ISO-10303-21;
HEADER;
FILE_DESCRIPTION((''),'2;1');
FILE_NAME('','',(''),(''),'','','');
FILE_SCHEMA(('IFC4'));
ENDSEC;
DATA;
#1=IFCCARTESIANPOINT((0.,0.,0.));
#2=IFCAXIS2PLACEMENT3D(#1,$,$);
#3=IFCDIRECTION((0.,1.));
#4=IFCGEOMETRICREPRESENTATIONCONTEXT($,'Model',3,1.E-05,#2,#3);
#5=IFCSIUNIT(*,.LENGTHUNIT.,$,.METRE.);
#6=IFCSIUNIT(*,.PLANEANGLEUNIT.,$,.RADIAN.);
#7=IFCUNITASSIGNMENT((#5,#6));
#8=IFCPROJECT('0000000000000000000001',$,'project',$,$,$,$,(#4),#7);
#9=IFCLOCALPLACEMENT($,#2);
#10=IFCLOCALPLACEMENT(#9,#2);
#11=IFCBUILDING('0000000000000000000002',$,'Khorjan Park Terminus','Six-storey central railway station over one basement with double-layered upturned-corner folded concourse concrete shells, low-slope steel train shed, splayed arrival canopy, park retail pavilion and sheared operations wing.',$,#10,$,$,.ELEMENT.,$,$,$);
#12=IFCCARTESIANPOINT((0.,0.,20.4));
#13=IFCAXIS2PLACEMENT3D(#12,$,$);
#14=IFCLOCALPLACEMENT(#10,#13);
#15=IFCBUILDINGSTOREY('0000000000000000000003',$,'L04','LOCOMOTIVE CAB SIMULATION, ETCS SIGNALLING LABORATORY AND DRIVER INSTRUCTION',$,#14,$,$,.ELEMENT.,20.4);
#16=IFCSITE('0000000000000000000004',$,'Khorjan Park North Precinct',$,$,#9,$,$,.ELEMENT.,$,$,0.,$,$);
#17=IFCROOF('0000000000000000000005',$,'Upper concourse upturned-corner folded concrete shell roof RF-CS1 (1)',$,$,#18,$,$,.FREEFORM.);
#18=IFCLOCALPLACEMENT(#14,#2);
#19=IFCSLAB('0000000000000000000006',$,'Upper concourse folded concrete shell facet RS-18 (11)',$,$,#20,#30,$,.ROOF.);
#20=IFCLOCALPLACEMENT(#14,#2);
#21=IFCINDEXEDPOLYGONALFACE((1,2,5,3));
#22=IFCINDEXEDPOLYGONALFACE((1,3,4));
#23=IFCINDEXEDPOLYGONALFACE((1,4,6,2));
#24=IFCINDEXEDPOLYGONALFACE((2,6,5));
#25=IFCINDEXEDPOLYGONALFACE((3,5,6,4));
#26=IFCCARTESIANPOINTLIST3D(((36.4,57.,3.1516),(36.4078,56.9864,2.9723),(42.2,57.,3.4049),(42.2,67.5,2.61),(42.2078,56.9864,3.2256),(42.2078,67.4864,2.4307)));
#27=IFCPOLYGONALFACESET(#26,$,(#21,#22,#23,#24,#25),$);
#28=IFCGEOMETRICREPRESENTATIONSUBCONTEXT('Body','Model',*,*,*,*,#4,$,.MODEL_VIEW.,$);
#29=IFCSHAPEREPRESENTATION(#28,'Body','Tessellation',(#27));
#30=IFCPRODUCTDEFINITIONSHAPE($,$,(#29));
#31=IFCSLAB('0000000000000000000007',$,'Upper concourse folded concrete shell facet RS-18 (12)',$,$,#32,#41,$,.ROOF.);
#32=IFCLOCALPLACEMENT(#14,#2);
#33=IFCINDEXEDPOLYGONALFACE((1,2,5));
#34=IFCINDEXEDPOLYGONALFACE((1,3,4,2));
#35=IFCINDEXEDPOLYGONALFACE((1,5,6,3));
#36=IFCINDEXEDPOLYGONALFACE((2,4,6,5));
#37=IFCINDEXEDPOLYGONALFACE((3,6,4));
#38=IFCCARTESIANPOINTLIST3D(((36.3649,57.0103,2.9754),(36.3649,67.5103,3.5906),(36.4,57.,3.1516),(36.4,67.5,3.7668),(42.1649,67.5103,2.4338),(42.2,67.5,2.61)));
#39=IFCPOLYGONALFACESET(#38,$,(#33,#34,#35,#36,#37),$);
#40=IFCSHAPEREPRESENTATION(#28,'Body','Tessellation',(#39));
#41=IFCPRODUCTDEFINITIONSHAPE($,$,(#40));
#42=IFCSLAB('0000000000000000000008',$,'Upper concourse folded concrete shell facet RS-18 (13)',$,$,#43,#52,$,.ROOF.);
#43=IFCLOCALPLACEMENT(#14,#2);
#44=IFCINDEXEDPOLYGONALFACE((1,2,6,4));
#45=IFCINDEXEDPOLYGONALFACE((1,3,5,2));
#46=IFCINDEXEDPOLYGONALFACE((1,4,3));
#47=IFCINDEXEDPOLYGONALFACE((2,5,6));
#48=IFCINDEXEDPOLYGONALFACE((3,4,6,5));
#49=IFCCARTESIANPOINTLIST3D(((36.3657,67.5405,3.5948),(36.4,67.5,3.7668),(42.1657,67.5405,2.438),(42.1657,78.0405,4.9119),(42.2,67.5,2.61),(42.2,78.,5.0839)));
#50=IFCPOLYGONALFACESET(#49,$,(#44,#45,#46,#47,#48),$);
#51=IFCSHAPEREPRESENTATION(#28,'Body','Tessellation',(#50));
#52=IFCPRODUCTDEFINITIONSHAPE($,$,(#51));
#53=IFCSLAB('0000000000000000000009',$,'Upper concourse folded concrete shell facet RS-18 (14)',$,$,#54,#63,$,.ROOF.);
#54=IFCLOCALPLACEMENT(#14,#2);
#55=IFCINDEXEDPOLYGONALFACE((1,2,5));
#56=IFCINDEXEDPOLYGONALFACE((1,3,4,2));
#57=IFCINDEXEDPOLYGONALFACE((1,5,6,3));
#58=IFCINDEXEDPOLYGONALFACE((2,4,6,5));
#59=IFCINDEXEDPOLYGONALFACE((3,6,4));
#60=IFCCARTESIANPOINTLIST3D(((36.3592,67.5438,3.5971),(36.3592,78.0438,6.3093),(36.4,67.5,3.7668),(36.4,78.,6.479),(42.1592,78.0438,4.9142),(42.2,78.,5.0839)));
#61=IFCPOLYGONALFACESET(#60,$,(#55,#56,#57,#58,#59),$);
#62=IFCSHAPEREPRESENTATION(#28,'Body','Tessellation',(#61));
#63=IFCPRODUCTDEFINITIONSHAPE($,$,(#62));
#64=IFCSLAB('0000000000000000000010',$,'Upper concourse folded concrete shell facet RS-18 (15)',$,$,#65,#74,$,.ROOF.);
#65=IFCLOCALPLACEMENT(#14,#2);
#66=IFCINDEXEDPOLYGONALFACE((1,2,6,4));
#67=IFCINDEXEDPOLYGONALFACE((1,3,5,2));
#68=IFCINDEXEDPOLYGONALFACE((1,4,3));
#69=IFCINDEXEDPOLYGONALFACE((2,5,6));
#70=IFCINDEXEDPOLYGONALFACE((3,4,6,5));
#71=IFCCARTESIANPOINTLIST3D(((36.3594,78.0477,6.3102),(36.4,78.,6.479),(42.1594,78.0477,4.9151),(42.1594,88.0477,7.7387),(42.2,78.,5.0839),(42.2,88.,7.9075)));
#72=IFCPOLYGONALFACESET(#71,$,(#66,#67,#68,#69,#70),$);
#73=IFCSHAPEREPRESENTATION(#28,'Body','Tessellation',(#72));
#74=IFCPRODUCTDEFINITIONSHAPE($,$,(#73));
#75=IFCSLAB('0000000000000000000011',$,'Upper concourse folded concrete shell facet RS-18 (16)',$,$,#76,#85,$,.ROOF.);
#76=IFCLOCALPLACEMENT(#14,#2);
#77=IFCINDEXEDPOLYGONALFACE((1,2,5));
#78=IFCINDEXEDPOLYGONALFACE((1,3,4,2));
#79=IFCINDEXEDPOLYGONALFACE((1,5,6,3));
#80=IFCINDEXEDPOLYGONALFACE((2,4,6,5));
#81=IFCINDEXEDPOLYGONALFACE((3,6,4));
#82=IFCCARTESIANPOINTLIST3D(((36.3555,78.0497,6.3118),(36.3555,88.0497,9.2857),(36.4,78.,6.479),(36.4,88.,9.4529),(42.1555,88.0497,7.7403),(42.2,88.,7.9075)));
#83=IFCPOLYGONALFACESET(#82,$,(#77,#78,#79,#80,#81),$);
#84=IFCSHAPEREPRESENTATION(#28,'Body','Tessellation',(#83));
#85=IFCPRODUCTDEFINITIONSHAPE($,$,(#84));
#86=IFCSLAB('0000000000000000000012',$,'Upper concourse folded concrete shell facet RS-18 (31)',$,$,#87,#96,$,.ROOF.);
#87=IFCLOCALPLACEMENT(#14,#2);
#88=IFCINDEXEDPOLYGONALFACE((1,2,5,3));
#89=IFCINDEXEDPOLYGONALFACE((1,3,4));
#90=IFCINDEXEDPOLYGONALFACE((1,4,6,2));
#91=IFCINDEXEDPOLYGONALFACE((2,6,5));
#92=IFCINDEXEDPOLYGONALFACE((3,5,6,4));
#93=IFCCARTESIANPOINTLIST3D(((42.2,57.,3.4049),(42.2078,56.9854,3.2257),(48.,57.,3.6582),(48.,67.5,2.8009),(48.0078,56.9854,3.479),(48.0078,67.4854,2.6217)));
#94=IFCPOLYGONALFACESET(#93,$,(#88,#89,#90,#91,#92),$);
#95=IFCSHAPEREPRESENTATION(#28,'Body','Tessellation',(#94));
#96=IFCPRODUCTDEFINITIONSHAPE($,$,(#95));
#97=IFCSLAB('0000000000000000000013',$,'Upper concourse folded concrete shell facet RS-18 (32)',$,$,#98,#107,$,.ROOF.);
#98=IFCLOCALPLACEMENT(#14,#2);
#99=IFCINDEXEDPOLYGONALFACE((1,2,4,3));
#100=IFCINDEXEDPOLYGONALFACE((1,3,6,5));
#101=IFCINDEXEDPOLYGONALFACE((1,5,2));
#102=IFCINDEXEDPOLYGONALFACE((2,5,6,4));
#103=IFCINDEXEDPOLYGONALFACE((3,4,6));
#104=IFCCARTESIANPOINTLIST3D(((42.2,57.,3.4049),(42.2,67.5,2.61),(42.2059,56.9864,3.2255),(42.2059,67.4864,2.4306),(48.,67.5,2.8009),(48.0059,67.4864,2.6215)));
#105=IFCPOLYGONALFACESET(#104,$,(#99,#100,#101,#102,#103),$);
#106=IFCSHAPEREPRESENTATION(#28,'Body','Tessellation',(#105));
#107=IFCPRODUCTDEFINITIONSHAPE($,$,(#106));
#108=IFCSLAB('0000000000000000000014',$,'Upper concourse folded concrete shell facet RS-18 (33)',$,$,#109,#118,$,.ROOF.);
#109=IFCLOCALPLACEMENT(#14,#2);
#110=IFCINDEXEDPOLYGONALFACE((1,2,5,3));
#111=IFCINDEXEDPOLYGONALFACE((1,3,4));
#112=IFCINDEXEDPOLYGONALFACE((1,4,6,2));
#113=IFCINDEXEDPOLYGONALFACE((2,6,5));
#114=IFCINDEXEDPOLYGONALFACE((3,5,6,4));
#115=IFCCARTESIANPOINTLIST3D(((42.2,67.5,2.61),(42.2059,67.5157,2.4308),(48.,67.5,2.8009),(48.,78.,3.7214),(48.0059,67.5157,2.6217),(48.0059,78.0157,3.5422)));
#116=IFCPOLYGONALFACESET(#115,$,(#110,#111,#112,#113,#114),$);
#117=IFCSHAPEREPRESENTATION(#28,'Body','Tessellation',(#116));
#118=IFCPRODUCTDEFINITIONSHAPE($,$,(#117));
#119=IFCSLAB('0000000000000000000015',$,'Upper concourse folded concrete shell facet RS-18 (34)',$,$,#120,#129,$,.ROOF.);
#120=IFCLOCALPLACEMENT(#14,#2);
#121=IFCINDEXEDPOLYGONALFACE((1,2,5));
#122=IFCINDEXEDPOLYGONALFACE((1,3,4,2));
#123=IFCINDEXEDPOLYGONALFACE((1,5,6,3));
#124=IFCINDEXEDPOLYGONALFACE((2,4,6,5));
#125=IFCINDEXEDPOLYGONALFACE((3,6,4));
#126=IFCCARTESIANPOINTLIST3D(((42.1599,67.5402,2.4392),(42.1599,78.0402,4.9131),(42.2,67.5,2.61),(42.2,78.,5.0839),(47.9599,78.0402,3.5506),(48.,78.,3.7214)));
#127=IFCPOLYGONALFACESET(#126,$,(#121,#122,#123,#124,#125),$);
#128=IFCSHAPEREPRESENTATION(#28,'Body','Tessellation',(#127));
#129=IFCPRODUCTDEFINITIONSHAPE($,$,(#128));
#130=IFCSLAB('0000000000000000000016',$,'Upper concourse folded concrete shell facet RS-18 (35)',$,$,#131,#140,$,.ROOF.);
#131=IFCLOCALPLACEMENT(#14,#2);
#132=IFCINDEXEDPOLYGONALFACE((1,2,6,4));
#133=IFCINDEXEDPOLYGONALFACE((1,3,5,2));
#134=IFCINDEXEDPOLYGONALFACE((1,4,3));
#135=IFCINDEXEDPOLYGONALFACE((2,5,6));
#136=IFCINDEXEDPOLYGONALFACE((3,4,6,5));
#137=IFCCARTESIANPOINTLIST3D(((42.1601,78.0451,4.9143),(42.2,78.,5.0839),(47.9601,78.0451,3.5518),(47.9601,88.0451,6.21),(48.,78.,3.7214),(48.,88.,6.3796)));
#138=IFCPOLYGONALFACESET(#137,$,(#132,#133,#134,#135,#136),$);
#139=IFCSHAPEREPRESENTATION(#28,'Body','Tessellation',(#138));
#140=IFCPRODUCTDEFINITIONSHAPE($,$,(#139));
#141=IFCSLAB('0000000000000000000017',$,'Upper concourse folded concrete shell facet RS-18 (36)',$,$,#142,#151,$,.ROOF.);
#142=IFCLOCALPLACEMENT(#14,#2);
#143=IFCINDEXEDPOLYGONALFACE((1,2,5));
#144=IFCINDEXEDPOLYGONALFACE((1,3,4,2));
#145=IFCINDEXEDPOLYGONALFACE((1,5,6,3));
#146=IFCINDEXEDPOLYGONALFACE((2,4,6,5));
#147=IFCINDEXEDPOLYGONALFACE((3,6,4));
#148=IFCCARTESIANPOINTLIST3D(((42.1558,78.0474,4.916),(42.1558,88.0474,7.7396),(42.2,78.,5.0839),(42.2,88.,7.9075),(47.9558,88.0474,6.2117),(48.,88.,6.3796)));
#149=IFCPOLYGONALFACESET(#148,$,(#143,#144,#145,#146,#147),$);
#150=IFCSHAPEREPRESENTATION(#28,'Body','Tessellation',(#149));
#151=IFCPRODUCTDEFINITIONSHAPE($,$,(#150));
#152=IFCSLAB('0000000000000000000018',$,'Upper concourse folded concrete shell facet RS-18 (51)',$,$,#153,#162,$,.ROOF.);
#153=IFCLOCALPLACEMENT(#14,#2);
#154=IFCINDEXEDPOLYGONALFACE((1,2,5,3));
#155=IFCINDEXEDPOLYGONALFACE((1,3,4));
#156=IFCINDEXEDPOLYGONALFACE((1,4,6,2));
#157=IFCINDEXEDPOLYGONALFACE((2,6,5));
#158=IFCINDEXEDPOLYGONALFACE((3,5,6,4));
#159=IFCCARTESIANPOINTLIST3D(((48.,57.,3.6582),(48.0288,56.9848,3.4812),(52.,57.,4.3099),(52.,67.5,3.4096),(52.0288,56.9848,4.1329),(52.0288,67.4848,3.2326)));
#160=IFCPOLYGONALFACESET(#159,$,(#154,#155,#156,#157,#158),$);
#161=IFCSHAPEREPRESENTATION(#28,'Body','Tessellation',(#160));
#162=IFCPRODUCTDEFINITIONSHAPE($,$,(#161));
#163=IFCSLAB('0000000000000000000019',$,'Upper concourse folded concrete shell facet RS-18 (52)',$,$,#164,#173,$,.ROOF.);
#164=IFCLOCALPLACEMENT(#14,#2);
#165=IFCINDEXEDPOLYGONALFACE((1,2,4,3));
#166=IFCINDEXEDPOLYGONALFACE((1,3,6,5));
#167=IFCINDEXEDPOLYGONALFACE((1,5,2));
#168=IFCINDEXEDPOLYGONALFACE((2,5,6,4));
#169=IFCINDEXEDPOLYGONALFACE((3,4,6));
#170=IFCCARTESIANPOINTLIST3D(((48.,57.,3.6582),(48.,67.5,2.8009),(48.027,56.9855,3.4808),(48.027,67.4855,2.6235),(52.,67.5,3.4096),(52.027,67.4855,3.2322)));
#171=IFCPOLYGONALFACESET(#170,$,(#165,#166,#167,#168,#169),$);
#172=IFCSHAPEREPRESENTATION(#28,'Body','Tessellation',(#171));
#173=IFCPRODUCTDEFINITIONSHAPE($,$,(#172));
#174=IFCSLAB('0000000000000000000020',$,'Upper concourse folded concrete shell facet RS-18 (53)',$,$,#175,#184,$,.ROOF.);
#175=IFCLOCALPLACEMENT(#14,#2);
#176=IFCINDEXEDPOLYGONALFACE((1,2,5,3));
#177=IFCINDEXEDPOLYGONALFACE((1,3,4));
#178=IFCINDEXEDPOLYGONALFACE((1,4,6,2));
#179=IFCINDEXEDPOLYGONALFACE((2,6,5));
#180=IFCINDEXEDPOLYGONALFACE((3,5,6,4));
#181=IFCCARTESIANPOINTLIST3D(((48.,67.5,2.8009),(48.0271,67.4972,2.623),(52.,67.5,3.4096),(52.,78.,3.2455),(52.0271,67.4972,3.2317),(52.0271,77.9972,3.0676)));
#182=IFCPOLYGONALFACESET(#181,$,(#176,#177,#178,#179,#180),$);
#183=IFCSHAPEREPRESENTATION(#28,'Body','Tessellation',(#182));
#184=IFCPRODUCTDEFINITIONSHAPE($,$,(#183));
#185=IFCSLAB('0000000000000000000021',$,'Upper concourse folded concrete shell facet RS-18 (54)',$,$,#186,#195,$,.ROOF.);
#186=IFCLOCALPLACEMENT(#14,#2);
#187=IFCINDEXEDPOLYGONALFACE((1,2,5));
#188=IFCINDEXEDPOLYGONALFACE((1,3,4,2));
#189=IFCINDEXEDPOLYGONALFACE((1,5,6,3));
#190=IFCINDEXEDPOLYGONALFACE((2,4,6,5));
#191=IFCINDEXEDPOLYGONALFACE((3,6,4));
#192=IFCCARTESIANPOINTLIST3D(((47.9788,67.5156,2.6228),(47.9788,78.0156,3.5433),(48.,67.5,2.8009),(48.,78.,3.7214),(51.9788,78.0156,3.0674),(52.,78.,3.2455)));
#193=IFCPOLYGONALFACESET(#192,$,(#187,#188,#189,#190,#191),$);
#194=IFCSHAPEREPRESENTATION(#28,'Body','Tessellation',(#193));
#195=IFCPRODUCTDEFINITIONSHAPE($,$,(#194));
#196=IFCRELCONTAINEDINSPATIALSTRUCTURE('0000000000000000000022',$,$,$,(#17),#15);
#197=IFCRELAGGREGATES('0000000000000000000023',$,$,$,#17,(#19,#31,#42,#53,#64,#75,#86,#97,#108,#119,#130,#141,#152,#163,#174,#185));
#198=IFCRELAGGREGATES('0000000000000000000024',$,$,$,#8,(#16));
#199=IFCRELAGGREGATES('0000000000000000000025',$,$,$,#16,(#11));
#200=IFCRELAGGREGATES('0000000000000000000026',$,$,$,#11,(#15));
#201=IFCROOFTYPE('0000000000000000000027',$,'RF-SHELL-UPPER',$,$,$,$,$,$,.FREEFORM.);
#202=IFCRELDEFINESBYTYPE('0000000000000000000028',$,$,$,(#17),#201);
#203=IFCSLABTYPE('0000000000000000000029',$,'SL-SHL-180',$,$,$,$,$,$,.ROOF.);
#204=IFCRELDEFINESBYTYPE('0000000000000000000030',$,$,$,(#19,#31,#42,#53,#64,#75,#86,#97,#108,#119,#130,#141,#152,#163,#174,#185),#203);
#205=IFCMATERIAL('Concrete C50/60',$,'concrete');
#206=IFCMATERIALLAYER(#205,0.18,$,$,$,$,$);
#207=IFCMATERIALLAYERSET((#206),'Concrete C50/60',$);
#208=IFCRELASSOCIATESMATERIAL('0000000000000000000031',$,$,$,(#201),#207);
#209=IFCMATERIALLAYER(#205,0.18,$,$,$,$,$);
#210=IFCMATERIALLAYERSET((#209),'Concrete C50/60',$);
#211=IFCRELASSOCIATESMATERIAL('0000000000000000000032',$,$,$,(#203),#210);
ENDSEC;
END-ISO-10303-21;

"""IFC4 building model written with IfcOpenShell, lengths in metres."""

from ifc_helpers import new_model, si_unit, direction, frame, origin, place, context, subcontext, project, spatial, polyline, outline, extrude, material, layer, layer_set, type_object, element, aggregate, save


model = new_model("IFC4")

# Units and contexts
model_context = context("Model", 3, precision=1e-05, world=origin(), true_north=direction((0.0, 1.0)))
body_context = subcontext(model_context, "Body", "Model", "MODEL_VIEW")
ifc_project = project(units=[si_unit("LENGTHUNIT", "METRE"), si_unit("PLANEANGLEUNIT", "RADIAN")], contexts=[model_context])

# Site, building, storey
site_placement = place(None, origin())
site = spatial("IfcSite", under=ifc_project, at=site_placement, Name="Khorjan Park North Precinct", CompositionType="ELEMENT", RefElevation=0.0)
building_placement = place(site_placement, origin())
building = spatial("IfcBuilding", under=site, at=building_placement, Name="Khorjan Park Terminus", Description="Six-storey central railway station over one basement with double-layered upturned-corner folded concourse concrete shells, low-slope steel train shed, splayed arrival canopy, park retail pavilion and sheared operations wing.", CompositionType="ELEMENT")
storey_placement = place(building_placement, frame((0.0, 0.0, 20.4)))
storey = spatial("IfcBuildingStorey", under=building, at=storey_placement, Name="L04", Description="LOCOMOTIVE CAB SIMULATION, ETCS SIGNALLING LABORATORY AND DRIVER INSTRUCTION", CompositionType="ELEMENT", Elevation=20.4)

# Roof, slabs
ifc_material = material(Name="Concrete C50/60", Category="concrete")
ifc_layer_1 = layer(ifc_material, 0.18)
ifc_layer_set_1 = layer_set([ifc_layer_1], Name="Concrete C50/60")
roof_type = type_object("IfcRoofType", Name="RF-SHELL-UPPER", PredefinedType="FREEFORM", material=ifc_layer_set_1)
roof_placement = place(storey_placement, origin())
roof = element("IfcRoof", 1, at=roof_placement, inside=storey, type_object=roof_type, Name="Upper concourse upturned-corner folded concrete shell roof RF-CS1 (1)", PredefinedType="FREEFORM")
ifc_layer_2 = layer(ifc_material, 0.18)
ifc_layer_set_2 = layer_set([ifc_layer_2], Name="Concrete C50/60")
slab_type = type_object("IfcSlabType", Name="SL-SHL-180", PredefinedType="ROOF", material=ifc_layer_set_2)
slab_1_placement = place(storey_placement, frame((36.4, 57.0, 3.1516), z_axis=(-0.043507, 0.075417, 0.996202), x_axis=(0.999048, 0.0, 0.043631)))
slab_1 = element("IfcSlab", 2, at=slab_1_placement, type_object=slab_type, Name="Upper concourse folded concrete shell facet RS-18 (11)", PredefinedType="ROOF", context=body_context, shape_type="SweptSolid", body=[
    extrude(outline(polyline([(0.0, 0.0), (5.8055, 0.0), (5.7708, 10.53), (0.0, 0.0)])), origin(), (0.0, 0.0, -1.0), 0.18),
])
slab_2_placement = place(storey_placement, frame((36.4, 57.0, 3.1516), z_axis=(0.195274, -0.057364, 0.97907), x_axis=(0.483026, 0.874444, -0.045105)))
slab_2 = element("IfcSlab", 3, at=slab_2_placement, type_object=slab_type, Name="Upper concourse folded concrete shell facet RS-18 (12)", PredefinedType="ROOF", context=body_context, shape_type="SweptSolid", body=[
    extrude(outline(polyline([(0.0, 0.0), (12.0076, 0.0), (9.1539, 5.1802), (0.0, 0.0)])), origin(), (0.0, 0.0, -1.0), 0.18),
])
slab_3_placement = place(storey_placement, frame((36.4, 67.5, 3.7668), z_axis=(0.190575, -0.225127, 0.95551), x_axis=(0.980685, 0.0, -0.195596)))
slab_3 = element("IfcSlab", 4, at=slab_3_placement, type_object=slab_type, Name="Upper concourse folded concrete shell facet RS-18 (13)", PredefinedType="ROOF", context=body_context, shape_type="SweptSolid", body=[
    extrude(outline(polyline([(0.0, 0.0), (5.9142, 0.0), (5.4304, 10.7766), (0.0, 0.0)])), origin(), (0.0, 0.0, -1.0), 0.18),
])
slab_4_placement = place(storey_placement, frame((36.4, 67.5, 3.7668), z_axis=(0.226821, -0.243578, 0.942986), x_axis=(0.480629, 0.870105, 0.109144)))
slab_4 = element("IfcSlab", 5, at=slab_4_placement, type_object=slab_type, Name="Upper concourse folded concrete shell facet RS-18 (14)", PredefinedType="ROOF", context=body_context, shape_type="SweptSolid", body=[
    extrude(outline(polyline([(0.0, 0.0), (12.0675, 0.0), (9.4321, 5.3517), (0.0, 0.0)])), origin(), (0.0, 0.0, -1.0), 0.18),
])
slab_5_placement = place(storey_placement, frame((36.4, 78.0, 6.479), z_axis=(0.22552, -0.264735, 0.93758), x_axis=(0.972269, 0.0, -0.233864)))
slab_5 = element("IfcSlab", 6, at=slab_5_placement, type_object=slab_type, Name="Upper concourse folded concrete shell facet RS-18 (15)", PredefinedType="ROOF", context=body_context, shape_type="SweptSolid", body=[
    extrude(outline(polyline([(0.0, 0.0), (5.9654, 0.0), (5.3051, 10.37), (0.0, 0.0)])), origin(), (0.0, 0.0, -1.0), 0.18),
])
slab_6_placement = place(storey_placement, frame((36.4, 78.0, 6.479), z_axis=(0.247451, -0.276187, 0.928703), x_axis=(0.497931, 0.858502, 0.122637)))
slab_6 = element("IfcSlab", 7, at=slab_6_placement, type_object=slab_type, Name="Upper concourse folded concrete shell facet RS-18 (16)", PredefinedType="ROOF", context=body_context, shape_type="SweptSolid", body=[
    extrude(outline(polyline([(0.0, 0.0), (11.6482, 0.0), (8.9497, 5.3616), (0.0, 0.0)])), origin(), (0.0, 0.0, -1.0), 0.18),
])
slab_7_placement = place(storey_placement, frame((42.2, 57.0, 3.4049), z_axis=(-0.043486, 0.0813, 0.995741), x_axis=(0.999048, 0.0, 0.043631)))
slab_7 = element("IfcSlab", 8, at=slab_7_placement, type_object=slab_type, Name="Upper concourse folded concrete shell facet RS-18 (31)", PredefinedType="ROOF", context=body_context, shape_type="SweptSolid", body=[
    extrude(outline(polyline([(0.0, 0.0), (5.8055, 0.0), (5.7681, 10.5349), (0.0, 0.0)])), origin(), (0.0, 0.0, -1.0), 0.18),
])
slab_8_placement = place(storey_placement, frame((42.2, 57.0, 3.4049), z_axis=(-0.032802, 0.075448, 0.99661), x_axis=(0.482906, 0.874227, -0.050289)))
slab_8 = element("IfcSlab", 9, at=slab_8_placement, type_object=slab_type, Name="Upper concourse folded concrete shell facet RS-18 (32)", PredefinedType="ROOF", context=body_context, shape_type="SweptSolid", body=[
    extrude(outline(polyline([(0.0, 0.0), (12.0106, 0.0), (9.2194, 5.0878), (0.0, 0.0)])), origin(), (0.0, 0.0, -1.0), 0.18),
])
slab_9_placement = place(storey_placement, frame((42.2, 67.5, 2.61), z_axis=(-0.03277, -0.087285, 0.995644), x_axis=(0.999459, 0.0, 0.032896)))
slab_9 = element("IfcSlab", 10, at=slab_9_placement, type_object=slab_type, Name="Upper concourse folded concrete shell facet RS-18 (33)", PredefinedType="ROOF", context=body_context, shape_type="SweptSolid", body=[
    extrude(outline(polyline([(0.0, 0.0), (5.8031, 0.0), (5.8334, 10.5402), (0.0, 0.0)])), origin(), (0.0, 0.0, -1.0), 0.18),
])
slab_10_placement = place(storey_placement, frame((42.2, 67.5, 2.61), z_axis=(0.2229, -0.223561, 0.94886), x_axis=(0.481456, 0.871601, 0.092257)))
slab_10 = element("IfcSlab", 11, at=slab_10_placement, type_object=slab_type, Name="Upper concourse folded concrete shell facet RS-18 (34)", PredefinedType="ROOF", context=body_context, shape_type="SweptSolid", body=[
    extrude(outline(polyline([(0.0, 0.0), (12.0468, 0.0), (9.38, 5.3277), (0.0, 0.0)])), origin(), (0.0, 0.0, -1.0), 0.18),
])
slab_11_placement = place(storey_placement, frame((42.2, 78.0, 5.0839), z_axis=(0.221396, -0.250523, 0.942455), x_axis=(0.9735, 0.0, -0.228688)))
slab_11 = element("IfcSlab", 12, at=slab_11_placement, type_object=slab_type, Name="Upper concourse folded concrete shell facet RS-18 (35)", PredefinedType="ROOF", context=body_context, shape_type="SweptSolid", body=[
    extrude(outline(polyline([(0.0, 0.0), (5.9579, 0.0), (5.35, 10.3294), (0.0, 0.0)])), origin(), (0.0, 0.0, -1.0), 0.18),
])
slab_12_placement = place(storey_placement, frame((42.2, 78.0, 5.0839), z_axis=(0.245744, -0.263403, 0.932861), x_axis=(0.498596, 0.859648, 0.111385)))
slab_12 = element("IfcSlab", 13, at=slab_12_placement, type_object=slab_type, Name="Upper concourse folded concrete shell facet RS-18 (36)", PredefinedType="ROOF", context=body_context, shape_type="SweptSolid", body=[
    extrude(outline(polyline([(0.0, 0.0), (11.6327, 0.0), (8.911, 5.3448), (0.0, 0.0)])), origin(), (0.0, 0.0, -1.0), 0.18),
])
slab_13_placement = place(storey_placement, frame((48.0, 57.0, 3.6582), z_axis=(-0.160232, 0.084326, 0.983471), x_axis=(0.986986, 0.0, 0.160805)))
slab_13 = element("IfcSlab", 14, at=slab_13_placement, type_object=slab_type, Name="Upper concourse folded concrete shell facet RS-18 (51)", PredefinedType="ROOF", context=body_context, shape_type="SweptSolid", body=[
    extrude(outline(polyline([(0.0, 0.0), (4.0527, 0.0), (3.908, 10.5375), (0.0, 0.0)])), origin(), (0.0, 0.0, -1.0), 0.18),
])
slab_14_placement = place(storey_placement, frame((48.0, 57.0, 3.6582), z_axis=(-0.149955, 0.080457, 0.985414), x_axis=(0.355908, 0.934259, -0.02212)))
slab_14 = element("IfcSlab", 15, at=slab_14_placement, type_object=slab_type, Name="Upper concourse folded concrete shell facet RS-18 (52)", PredefinedType="ROOF", context=body_context, shape_type="SweptSolid", body=[
    extrude(outline(polyline([(0.0, 0.0), (11.2389, 0.0), (9.8287, 3.7924), (0.0, 0.0)])), origin(), (0.0, 0.0, -1.0), 0.18),
])
slab_15_placement = place(storey_placement, frame((48.0, 67.5, 2.8009), z_axis=(-0.150425, 0.015449, 0.988501), x_axis=(0.988619, 0.0, 0.150443)))
slab_15 = element("IfcSlab", 16, at=slab_15_placement, type_object=slab_type, Name="Upper concourse folded concrete shell facet RS-18 (53)", PredefinedType="ROOF", context=body_context, shape_type="SweptSolid", body=[
    extrude(outline(polyline([(0.0, 0.0), (4.046, 0.0), (4.0214, 10.5013), (0.0, 0.0)])), origin(), (0.0, 0.0, -1.0), 0.18),
])
slab_16_placement = place(storey_placement, frame((48.0, 67.5, 2.8009), z_axis=(0.117697, -0.086725, 0.989255), x_axis=(0.355717, 0.933757, 0.039538)))
slab_16 = element("IfcSlab", 17, at=slab_16_placement, type_object=slab_type, Name="Upper concourse folded concrete shell facet RS-18 (54)", PredefinedType="ROOF", context=body_context, shape_type="SweptSolid", body=[
    extrude(outline(polyline([(0.0, 0.0), (11.2449, 0.0), (9.8408, 3.7756), (0.0, 0.0)])), origin(), (0.0, 0.0, -1.0), 0.18),
])
aggregate(roof, [slab_1, slab_2, slab_3, slab_4, slab_5, slab_6, slab_7, slab_8, slab_9, slab_10, slab_11, slab_12, slab_13, slab_14, slab_15, slab_16])

save(model, "model.ifc")
